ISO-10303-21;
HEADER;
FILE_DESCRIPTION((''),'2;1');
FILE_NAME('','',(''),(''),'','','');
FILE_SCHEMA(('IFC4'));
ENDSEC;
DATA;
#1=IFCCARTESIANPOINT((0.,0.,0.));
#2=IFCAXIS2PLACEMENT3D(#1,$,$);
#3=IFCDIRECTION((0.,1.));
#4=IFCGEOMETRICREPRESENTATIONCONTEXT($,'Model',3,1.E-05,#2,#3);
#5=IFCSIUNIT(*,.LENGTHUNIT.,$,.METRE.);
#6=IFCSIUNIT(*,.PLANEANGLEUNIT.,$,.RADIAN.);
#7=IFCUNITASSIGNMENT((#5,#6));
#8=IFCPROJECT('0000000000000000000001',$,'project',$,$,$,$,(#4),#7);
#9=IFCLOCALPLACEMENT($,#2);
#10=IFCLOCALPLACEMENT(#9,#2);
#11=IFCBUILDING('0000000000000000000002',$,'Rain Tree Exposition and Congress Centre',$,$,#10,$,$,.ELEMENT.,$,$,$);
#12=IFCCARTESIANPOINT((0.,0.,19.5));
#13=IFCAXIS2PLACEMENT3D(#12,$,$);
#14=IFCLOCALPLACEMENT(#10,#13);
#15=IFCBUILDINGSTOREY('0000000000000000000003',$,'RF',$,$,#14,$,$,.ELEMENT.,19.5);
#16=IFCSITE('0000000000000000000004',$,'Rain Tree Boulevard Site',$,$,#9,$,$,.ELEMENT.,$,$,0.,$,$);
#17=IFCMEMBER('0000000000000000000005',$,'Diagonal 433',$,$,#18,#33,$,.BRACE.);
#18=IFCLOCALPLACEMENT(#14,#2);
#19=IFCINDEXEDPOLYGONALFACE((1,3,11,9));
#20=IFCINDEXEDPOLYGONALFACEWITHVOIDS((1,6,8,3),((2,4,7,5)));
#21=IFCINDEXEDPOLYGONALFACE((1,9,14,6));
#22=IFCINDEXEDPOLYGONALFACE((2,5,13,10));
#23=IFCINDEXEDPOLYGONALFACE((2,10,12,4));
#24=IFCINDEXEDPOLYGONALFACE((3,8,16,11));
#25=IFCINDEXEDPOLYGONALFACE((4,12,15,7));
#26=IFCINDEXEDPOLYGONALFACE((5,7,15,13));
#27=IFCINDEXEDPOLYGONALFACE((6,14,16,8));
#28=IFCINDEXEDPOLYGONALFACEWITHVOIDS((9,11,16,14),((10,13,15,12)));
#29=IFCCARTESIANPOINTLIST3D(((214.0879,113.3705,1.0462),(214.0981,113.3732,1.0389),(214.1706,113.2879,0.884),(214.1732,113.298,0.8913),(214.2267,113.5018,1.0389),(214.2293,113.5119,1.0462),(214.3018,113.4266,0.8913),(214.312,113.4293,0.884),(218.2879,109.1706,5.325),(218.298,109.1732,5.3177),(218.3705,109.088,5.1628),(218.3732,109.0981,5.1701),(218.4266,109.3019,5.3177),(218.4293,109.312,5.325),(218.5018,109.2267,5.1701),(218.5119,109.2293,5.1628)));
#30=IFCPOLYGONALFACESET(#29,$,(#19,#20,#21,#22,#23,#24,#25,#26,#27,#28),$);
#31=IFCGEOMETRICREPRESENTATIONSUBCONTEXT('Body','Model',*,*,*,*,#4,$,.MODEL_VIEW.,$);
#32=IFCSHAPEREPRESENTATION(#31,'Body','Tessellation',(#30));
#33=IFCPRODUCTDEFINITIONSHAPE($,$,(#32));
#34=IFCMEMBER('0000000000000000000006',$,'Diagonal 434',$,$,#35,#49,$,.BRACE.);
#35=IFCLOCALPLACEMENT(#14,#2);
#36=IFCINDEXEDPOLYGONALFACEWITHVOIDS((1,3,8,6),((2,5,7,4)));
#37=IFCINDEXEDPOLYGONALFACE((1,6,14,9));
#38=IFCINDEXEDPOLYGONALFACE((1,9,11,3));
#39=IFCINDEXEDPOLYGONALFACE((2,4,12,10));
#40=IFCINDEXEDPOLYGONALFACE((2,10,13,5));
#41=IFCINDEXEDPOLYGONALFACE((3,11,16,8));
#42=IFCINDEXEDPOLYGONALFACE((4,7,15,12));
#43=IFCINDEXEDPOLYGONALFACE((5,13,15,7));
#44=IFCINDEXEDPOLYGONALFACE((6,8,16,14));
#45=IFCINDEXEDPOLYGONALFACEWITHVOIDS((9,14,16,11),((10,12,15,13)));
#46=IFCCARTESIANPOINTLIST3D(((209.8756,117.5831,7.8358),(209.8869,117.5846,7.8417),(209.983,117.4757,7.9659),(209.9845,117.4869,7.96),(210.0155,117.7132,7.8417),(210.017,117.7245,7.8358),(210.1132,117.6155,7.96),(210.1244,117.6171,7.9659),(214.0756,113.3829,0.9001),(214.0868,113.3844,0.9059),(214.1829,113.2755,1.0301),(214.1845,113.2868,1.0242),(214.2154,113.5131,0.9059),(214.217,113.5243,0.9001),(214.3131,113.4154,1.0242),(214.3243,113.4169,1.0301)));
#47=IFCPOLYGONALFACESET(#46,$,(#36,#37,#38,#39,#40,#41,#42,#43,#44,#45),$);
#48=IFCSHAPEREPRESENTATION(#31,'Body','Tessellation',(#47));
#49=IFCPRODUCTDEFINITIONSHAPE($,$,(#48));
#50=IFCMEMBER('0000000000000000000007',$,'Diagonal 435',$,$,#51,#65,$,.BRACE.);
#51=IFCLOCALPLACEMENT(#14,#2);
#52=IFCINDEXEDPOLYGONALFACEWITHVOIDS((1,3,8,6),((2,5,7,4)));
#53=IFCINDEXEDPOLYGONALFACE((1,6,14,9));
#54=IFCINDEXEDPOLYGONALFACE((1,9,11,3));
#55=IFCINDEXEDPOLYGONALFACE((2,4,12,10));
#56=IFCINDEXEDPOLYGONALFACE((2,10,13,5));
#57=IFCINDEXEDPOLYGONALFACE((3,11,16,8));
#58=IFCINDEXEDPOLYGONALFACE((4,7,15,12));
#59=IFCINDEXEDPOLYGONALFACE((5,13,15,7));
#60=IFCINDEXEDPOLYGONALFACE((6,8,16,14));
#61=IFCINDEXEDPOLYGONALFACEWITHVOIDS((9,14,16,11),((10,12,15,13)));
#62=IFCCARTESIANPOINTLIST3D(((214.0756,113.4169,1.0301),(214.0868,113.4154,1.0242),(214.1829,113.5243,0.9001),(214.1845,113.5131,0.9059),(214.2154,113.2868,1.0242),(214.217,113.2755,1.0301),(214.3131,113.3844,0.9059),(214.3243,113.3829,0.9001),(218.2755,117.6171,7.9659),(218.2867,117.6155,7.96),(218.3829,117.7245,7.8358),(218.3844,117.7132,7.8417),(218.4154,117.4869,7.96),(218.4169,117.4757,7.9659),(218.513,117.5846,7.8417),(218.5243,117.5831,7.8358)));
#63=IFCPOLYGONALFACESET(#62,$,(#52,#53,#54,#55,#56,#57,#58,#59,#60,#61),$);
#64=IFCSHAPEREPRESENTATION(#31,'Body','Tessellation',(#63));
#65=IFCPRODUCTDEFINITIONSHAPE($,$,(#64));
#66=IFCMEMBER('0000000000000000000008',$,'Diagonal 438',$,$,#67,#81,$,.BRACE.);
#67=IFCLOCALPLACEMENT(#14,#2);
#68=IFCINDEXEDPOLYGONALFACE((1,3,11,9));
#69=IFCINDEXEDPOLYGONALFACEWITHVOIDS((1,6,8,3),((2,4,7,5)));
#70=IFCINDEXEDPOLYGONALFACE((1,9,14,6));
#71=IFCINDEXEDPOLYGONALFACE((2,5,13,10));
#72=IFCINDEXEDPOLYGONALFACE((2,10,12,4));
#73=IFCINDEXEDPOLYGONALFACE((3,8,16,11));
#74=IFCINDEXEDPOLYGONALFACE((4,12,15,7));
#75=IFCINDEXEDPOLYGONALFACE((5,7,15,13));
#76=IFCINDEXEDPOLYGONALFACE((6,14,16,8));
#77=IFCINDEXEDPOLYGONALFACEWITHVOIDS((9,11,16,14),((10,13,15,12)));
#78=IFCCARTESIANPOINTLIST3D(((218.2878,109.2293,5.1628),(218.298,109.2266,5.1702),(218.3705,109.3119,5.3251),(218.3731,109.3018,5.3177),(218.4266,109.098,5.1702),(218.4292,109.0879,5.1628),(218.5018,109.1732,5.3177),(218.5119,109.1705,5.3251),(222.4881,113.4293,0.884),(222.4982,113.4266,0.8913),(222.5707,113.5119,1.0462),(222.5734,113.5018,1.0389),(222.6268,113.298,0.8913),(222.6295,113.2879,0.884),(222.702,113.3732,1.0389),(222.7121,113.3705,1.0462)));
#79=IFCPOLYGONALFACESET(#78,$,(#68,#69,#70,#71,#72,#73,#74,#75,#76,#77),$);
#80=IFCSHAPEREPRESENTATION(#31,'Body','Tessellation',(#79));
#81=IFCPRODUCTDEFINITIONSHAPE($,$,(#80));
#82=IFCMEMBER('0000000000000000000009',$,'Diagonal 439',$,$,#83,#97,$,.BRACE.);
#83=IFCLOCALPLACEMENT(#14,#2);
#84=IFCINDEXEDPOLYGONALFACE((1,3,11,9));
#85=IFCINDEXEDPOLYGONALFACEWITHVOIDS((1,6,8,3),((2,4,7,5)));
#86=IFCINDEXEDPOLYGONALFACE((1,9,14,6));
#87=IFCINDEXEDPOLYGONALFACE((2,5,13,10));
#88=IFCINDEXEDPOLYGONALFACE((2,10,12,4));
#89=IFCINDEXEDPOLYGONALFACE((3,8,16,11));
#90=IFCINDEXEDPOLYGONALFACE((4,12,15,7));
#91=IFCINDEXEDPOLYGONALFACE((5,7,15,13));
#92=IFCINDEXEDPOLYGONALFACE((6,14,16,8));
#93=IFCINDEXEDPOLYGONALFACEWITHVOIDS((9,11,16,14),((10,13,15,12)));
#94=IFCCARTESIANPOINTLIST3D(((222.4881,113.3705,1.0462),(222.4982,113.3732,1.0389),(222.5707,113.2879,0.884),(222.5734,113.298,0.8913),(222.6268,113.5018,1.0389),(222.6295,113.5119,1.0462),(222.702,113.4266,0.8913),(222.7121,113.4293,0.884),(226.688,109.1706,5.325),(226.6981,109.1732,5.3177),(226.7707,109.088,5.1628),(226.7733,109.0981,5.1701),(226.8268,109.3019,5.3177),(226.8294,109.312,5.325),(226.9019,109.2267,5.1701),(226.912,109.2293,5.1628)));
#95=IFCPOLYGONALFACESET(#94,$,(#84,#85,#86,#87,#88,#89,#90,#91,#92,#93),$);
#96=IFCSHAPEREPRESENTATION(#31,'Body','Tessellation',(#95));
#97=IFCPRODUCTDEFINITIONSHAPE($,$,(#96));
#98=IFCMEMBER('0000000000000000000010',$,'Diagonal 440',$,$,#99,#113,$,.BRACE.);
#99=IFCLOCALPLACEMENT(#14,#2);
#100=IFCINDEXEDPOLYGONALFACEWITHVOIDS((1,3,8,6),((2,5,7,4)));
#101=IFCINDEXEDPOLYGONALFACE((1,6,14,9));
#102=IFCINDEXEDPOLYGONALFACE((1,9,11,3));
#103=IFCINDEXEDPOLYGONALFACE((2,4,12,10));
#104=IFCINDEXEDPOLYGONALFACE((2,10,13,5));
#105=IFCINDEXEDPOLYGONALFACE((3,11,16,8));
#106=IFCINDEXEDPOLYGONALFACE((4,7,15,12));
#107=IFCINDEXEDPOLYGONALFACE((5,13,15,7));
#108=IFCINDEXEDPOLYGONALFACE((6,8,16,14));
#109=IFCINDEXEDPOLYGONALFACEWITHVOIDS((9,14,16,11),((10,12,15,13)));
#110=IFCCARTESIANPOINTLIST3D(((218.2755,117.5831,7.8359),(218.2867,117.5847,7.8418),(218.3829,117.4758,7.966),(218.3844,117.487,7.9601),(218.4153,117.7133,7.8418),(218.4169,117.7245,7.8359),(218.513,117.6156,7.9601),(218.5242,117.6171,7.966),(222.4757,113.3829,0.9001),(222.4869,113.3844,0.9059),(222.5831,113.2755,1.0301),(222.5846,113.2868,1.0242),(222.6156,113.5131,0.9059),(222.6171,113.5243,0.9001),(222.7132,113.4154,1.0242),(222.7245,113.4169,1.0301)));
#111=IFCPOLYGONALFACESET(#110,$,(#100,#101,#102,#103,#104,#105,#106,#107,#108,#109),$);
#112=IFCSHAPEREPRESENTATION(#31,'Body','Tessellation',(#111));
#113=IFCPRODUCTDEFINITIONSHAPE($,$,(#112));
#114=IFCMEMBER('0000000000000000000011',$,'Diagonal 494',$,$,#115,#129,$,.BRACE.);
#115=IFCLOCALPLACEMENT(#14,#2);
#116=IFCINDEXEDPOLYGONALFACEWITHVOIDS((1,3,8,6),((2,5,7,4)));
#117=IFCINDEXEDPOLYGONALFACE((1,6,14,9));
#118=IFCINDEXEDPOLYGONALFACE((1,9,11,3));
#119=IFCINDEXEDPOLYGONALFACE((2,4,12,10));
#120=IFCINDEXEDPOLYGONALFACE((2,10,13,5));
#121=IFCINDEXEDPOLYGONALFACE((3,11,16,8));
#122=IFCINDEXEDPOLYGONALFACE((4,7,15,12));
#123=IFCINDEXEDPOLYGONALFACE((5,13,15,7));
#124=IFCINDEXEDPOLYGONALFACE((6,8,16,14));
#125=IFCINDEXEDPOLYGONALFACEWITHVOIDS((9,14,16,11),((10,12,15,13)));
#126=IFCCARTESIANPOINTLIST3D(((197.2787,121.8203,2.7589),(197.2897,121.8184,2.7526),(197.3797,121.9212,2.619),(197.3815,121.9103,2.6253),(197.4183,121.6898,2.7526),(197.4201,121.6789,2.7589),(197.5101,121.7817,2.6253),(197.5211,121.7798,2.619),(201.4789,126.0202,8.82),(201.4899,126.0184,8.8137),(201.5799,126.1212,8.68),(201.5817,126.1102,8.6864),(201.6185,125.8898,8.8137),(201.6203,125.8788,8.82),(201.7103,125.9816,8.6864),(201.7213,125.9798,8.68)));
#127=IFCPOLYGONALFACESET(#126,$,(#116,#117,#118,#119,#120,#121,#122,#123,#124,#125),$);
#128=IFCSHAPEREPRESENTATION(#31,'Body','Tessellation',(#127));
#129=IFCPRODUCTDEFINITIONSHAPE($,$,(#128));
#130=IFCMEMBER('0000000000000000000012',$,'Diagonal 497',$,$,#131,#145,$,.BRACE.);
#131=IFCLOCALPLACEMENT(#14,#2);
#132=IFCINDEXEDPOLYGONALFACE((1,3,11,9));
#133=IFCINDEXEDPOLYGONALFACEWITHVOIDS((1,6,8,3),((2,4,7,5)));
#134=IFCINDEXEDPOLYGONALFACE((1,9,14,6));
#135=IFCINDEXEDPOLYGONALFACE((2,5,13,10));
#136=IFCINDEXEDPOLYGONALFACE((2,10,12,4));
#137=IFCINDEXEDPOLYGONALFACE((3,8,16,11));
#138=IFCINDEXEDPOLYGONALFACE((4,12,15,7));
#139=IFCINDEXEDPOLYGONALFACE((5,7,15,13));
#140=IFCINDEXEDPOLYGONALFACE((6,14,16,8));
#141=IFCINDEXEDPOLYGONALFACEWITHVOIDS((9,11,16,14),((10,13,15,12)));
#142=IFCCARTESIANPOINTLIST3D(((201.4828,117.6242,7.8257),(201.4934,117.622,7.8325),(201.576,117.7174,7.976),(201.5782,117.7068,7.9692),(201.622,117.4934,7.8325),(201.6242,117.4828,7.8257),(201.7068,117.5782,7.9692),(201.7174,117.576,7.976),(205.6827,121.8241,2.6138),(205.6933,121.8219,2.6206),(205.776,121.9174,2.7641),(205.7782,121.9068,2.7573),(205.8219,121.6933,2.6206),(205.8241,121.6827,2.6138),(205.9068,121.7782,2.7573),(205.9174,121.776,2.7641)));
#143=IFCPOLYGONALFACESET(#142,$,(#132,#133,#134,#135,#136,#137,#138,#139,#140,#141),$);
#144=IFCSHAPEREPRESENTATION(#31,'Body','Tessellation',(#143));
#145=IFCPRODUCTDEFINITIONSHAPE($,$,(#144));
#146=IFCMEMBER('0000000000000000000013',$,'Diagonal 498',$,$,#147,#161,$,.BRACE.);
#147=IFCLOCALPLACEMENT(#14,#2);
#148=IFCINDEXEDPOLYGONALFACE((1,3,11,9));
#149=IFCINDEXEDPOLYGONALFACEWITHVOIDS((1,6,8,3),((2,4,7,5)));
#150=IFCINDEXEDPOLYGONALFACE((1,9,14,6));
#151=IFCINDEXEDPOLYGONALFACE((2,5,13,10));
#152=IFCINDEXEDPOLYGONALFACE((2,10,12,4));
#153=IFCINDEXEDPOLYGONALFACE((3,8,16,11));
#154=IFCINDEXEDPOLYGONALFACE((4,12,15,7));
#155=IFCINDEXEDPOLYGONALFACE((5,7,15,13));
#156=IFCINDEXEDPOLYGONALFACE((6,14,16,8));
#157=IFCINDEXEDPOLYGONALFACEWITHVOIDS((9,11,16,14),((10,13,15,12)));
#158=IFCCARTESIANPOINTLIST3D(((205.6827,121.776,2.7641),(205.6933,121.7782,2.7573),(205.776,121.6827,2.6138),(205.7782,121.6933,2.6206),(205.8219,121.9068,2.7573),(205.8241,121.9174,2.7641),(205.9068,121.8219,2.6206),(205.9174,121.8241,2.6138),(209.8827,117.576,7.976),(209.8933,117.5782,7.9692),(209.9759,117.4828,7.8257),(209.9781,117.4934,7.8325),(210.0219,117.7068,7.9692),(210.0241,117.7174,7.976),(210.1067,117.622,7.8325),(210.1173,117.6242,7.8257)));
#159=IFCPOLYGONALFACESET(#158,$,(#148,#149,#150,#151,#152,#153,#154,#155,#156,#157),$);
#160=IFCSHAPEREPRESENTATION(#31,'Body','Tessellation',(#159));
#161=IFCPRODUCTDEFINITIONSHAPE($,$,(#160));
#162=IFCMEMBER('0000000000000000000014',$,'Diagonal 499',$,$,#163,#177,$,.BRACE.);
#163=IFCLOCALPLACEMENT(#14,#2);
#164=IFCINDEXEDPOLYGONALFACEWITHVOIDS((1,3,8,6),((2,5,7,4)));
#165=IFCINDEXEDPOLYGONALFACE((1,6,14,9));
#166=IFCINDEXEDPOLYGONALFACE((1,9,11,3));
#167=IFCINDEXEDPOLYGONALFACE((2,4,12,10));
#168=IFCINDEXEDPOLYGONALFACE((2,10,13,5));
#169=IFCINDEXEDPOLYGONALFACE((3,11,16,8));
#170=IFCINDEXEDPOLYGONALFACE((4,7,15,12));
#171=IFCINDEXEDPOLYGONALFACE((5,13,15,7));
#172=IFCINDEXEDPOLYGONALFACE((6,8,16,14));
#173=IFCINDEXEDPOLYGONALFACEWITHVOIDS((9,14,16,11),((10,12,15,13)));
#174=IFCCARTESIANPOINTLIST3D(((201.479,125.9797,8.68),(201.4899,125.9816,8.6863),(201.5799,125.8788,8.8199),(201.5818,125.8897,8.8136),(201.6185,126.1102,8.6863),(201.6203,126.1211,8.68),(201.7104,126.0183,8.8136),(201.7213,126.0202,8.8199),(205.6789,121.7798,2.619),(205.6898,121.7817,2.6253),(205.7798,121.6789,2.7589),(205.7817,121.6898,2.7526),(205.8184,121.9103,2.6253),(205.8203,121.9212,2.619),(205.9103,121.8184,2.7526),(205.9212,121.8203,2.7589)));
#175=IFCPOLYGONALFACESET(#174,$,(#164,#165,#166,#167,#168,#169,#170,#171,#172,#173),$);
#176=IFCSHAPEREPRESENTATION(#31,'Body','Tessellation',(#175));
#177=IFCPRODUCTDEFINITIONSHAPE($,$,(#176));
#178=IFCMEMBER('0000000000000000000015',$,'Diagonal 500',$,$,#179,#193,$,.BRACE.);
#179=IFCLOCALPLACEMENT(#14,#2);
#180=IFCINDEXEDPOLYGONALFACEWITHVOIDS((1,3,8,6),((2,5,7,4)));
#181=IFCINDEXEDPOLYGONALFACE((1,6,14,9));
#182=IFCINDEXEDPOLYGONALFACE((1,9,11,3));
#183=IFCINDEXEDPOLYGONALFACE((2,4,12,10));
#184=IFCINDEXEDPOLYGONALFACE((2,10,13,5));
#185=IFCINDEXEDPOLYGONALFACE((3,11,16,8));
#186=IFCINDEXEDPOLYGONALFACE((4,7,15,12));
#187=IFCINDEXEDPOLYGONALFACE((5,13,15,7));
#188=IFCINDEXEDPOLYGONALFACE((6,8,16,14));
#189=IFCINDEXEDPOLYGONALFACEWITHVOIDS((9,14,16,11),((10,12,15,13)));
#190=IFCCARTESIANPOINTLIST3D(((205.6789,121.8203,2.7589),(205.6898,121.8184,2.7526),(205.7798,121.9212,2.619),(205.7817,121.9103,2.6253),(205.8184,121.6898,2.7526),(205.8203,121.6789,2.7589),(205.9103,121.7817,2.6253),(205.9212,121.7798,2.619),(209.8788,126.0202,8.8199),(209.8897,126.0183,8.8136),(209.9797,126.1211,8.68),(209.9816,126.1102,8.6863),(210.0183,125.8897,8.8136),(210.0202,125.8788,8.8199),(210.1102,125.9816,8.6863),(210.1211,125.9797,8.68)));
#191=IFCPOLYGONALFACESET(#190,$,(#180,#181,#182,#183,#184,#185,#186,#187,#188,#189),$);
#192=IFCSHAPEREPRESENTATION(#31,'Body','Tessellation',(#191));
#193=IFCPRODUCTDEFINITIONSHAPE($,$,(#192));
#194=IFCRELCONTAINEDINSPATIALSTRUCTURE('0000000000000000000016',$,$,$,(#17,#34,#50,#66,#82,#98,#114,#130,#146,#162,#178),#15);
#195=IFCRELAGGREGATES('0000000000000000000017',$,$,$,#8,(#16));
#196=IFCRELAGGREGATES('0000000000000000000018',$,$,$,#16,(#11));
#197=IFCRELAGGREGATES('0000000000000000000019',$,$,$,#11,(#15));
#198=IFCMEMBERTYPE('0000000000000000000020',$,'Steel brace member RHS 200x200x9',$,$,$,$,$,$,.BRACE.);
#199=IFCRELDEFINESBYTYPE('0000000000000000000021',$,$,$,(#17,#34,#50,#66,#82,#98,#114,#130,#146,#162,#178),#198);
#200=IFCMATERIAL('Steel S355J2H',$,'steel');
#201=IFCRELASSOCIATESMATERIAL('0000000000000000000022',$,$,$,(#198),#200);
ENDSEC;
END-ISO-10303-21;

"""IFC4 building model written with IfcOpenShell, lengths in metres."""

from ifc_helpers import new_model, si_unit, direction, frame, origin, origin_2d, place, context, subcontext, project, spatial, hollow_rectangle, extrude, material, material_profile, profile_set, type_object, element, save


model = new_model("IFC4")

# Units and contexts
model_context = context("Model", 3, precision=1e-05, world=origin(), true_north=direction((0.0, 1.0)))
body_context = subcontext(model_context, "Body", "Model", "MODEL_VIEW")
ifc_project = project(units=[si_unit("LENGTHUNIT", "METRE"), si_unit("PLANEANGLEUNIT", "RADIAN")], contexts=[model_context])

# Site, building, storey
site_placement = place(None, origin())
site = spatial("IfcSite", under=ifc_project, at=site_placement, Name="Rain Tree Boulevard Site", CompositionType="ELEMENT", RefElevation=0.0)
building_placement = place(site_placement, origin())
building = spatial("IfcBuilding", under=site, at=building_placement, Name="Rain Tree Exposition and Congress Centre", CompositionType="ELEMENT")
storey_placement = place(building_placement, frame((0.0, 0.0, 19.5)))
storey = spatial("IfcBuildingStorey", under=building, at=storey_placement, Name="RF", CompositionType="ELEMENT", Elevation=19.5)

# Members
ifc_material_1 = material(Name="Steel S355J2H", Category="steel")
ifc_material_profile_1 = material_profile(ifc_material_1, hollow_rectangle(XDim=0.2, YDim=0.2, WallThickness=0.009, at=origin_2d()), Name="RHS 200x200x9")
ifc_profile_set_1 = profile_set([ifc_material_profile_1], Name="Steel S355J2H")
member_type_1 = type_object("IfcMemberType", Name="Steel brace member RHS 200x200x9", PredefinedType="BRACE", material=ifc_profile_set_1)
member_1_placement = place(storey_placement, frame((214.2, 113.3999, 0.9651), z_axis=(0.573737, -0.573737, 0.58451), x_axis=(0.707107, 0.707107, 0.0)))
element("IfcMember", 1, at=member_1_placement, inside=storey, type_object=member_type_1, Name="Diagonal 433", PredefinedType="BRACE", context=body_context, shape_type="SweptSolid", body=[
    extrude(hollow_rectangle(XDim=0.2, YDim=0.2, WallThickness=0.009, at=origin_2d()), origin(), (0.0, 0.0, 1.0), 7.3203),
])
for number, where, z_axis, x_axis, name in (
    (2, (214.2, 113.3999, 0.9651), (-0.459935, 0.459962, 0.759536), (-0.707127, -0.707086, 0.0), "Diagonal 434"),
    (3, (214.2, 113.3999, 0.9651), (0.459935, 0.459962, 0.759536), (-0.707127, 0.707086, 0.0), "Diagonal 435"),
):
    element("IfcMember", number, at=place(storey_placement, frame(where, z_axis=z_axis, x_axis=x_axis)), inside=storey, type_object=member_type_1, Name=name, PredefinedType="BRACE", context=body_context, shape_type="SweptSolid", body=[
        extrude(hollow_rectangle(XDim=0.2, YDim=0.2, WallThickness=0.009, at=origin_2d()), origin(), (0.0, 0.0, 1.0), 9.1316),
    ])
member_2_placement = place(storey_placement, frame((222.6001, 113.3999, 0.9651), z_axis=(-0.57376, -0.573726, 0.584498), x_axis=(0.707086, -0.707127, 0.0)))
element("IfcMember", 4, at=member_2_placement, inside=storey, type_object=member_type_1, Name="Diagonal 438", PredefinedType="BRACE", context=body_context, shape_type="SweptSolid", body=[
    extrude(hollow_rectangle(XDim=0.2, YDim=0.2, WallThickness=0.009, at=origin_2d()), origin(), (0.0, 0.0, 1.0), 7.3206),
])
member_3_placement = place(storey_placement, frame((222.6001, 113.3999, 0.9651), z_axis=(0.573737, -0.573737, 0.58451), x_axis=(0.707107, 0.707107, 0.0)))
element("IfcMember", 5, at=member_3_placement, inside=storey, type_object=member_type_1, Name="Diagonal 439", PredefinedType="BRACE", context=body_context, shape_type="SweptSolid", body=[
    extrude(hollow_rectangle(XDim=0.2, YDim=0.2, WallThickness=0.009, at=origin_2d()), origin(), (0.0, 0.0, 1.0), 7.3203),
])
member_4_placement = place(storey_placement, frame((222.6001, 113.3999, 0.9651), z_axis=(-0.459956, 0.459956, 0.759527), x_axis=(-0.707107, -0.707107, 0.0)))
element("IfcMember", 6, at=member_4_placement, inside=storey, type_object=member_type_1, Name="Diagonal 440", PredefinedType="BRACE", context=body_context, shape_type="SweptSolid", body=[
    extrude(hollow_rectangle(XDim=0.2, YDim=0.2, WallThickness=0.009, at=origin_2d()), origin(), (0.0, 0.0, 1.0), 9.1318),
])
member_5_placement = place(storey_placement, frame((197.3999, 121.8, 2.689), z_axis=(0.494938, 0.494909, 0.714214), x_axis=(-0.707086, 0.707127, 0.0)))
element("IfcMember", 7, at=member_5_placement, inside=storey, type_object=member_type_1, Name="Diagonal 494", PredefinedType="BRACE", context=body_context, shape_type="SweptSolid", body=[
    extrude(hollow_rectangle(XDim=0.2, YDim=0.2, WallThickness=0.009, at=origin_2d()), origin(), (0.0, 0.0, 1.0), 8.4863),
])
for number, where, z_axis, x_axis, name in (
    (8, (205.8, 121.8, 2.689), (-0.531498, -0.531498, 0.65956), (0.707107, -0.707107, 0.0), "Diagonal 497"),
    (9, (205.8, 121.8, 2.689), (0.531498, -0.531498, 0.65956), (0.707107, 0.707107, 0.0), "Diagonal 498"),
):
    element("IfcMember", number, at=place(storey_placement, frame(where, z_axis=z_axis, x_axis=x_axis)), inside=storey, type_object=member_type_1, Name=name, PredefinedType="BRACE", context=body_context, shape_type="SweptSolid", body=[
        extrude(hollow_rectangle(XDim=0.2, YDim=0.2, WallThickness=0.009, at=origin_2d()), origin(), (0.0, 0.0, 1.0), 7.9021),
    ])
for number, where, z_axis, x_axis, name in (
    (10, (205.8, 121.8, 2.689), (-0.494916, 0.494916, 0.714224), (-0.707107, -0.707107, 0.0), "Diagonal 499"),
    (11, (205.8, 121.8, 2.689), (0.494916, 0.494916, 0.714224), (-0.707107, 0.707107, 0.0), "Diagonal 500"),
):
    element("IfcMember", number, at=place(storey_placement, frame(where, z_axis=z_axis, x_axis=x_axis)), inside=storey, type_object=member_type_1, Name=name, PredefinedType="BRACE", context=body_context, shape_type="SweptSolid", body=[
        extrude(hollow_rectangle(XDim=0.2, YDim=0.2, WallThickness=0.009, at=origin_2d()), origin(), (0.0, 0.0, 1.0), 8.4861),
    ])

save(model, "model.ifc")
